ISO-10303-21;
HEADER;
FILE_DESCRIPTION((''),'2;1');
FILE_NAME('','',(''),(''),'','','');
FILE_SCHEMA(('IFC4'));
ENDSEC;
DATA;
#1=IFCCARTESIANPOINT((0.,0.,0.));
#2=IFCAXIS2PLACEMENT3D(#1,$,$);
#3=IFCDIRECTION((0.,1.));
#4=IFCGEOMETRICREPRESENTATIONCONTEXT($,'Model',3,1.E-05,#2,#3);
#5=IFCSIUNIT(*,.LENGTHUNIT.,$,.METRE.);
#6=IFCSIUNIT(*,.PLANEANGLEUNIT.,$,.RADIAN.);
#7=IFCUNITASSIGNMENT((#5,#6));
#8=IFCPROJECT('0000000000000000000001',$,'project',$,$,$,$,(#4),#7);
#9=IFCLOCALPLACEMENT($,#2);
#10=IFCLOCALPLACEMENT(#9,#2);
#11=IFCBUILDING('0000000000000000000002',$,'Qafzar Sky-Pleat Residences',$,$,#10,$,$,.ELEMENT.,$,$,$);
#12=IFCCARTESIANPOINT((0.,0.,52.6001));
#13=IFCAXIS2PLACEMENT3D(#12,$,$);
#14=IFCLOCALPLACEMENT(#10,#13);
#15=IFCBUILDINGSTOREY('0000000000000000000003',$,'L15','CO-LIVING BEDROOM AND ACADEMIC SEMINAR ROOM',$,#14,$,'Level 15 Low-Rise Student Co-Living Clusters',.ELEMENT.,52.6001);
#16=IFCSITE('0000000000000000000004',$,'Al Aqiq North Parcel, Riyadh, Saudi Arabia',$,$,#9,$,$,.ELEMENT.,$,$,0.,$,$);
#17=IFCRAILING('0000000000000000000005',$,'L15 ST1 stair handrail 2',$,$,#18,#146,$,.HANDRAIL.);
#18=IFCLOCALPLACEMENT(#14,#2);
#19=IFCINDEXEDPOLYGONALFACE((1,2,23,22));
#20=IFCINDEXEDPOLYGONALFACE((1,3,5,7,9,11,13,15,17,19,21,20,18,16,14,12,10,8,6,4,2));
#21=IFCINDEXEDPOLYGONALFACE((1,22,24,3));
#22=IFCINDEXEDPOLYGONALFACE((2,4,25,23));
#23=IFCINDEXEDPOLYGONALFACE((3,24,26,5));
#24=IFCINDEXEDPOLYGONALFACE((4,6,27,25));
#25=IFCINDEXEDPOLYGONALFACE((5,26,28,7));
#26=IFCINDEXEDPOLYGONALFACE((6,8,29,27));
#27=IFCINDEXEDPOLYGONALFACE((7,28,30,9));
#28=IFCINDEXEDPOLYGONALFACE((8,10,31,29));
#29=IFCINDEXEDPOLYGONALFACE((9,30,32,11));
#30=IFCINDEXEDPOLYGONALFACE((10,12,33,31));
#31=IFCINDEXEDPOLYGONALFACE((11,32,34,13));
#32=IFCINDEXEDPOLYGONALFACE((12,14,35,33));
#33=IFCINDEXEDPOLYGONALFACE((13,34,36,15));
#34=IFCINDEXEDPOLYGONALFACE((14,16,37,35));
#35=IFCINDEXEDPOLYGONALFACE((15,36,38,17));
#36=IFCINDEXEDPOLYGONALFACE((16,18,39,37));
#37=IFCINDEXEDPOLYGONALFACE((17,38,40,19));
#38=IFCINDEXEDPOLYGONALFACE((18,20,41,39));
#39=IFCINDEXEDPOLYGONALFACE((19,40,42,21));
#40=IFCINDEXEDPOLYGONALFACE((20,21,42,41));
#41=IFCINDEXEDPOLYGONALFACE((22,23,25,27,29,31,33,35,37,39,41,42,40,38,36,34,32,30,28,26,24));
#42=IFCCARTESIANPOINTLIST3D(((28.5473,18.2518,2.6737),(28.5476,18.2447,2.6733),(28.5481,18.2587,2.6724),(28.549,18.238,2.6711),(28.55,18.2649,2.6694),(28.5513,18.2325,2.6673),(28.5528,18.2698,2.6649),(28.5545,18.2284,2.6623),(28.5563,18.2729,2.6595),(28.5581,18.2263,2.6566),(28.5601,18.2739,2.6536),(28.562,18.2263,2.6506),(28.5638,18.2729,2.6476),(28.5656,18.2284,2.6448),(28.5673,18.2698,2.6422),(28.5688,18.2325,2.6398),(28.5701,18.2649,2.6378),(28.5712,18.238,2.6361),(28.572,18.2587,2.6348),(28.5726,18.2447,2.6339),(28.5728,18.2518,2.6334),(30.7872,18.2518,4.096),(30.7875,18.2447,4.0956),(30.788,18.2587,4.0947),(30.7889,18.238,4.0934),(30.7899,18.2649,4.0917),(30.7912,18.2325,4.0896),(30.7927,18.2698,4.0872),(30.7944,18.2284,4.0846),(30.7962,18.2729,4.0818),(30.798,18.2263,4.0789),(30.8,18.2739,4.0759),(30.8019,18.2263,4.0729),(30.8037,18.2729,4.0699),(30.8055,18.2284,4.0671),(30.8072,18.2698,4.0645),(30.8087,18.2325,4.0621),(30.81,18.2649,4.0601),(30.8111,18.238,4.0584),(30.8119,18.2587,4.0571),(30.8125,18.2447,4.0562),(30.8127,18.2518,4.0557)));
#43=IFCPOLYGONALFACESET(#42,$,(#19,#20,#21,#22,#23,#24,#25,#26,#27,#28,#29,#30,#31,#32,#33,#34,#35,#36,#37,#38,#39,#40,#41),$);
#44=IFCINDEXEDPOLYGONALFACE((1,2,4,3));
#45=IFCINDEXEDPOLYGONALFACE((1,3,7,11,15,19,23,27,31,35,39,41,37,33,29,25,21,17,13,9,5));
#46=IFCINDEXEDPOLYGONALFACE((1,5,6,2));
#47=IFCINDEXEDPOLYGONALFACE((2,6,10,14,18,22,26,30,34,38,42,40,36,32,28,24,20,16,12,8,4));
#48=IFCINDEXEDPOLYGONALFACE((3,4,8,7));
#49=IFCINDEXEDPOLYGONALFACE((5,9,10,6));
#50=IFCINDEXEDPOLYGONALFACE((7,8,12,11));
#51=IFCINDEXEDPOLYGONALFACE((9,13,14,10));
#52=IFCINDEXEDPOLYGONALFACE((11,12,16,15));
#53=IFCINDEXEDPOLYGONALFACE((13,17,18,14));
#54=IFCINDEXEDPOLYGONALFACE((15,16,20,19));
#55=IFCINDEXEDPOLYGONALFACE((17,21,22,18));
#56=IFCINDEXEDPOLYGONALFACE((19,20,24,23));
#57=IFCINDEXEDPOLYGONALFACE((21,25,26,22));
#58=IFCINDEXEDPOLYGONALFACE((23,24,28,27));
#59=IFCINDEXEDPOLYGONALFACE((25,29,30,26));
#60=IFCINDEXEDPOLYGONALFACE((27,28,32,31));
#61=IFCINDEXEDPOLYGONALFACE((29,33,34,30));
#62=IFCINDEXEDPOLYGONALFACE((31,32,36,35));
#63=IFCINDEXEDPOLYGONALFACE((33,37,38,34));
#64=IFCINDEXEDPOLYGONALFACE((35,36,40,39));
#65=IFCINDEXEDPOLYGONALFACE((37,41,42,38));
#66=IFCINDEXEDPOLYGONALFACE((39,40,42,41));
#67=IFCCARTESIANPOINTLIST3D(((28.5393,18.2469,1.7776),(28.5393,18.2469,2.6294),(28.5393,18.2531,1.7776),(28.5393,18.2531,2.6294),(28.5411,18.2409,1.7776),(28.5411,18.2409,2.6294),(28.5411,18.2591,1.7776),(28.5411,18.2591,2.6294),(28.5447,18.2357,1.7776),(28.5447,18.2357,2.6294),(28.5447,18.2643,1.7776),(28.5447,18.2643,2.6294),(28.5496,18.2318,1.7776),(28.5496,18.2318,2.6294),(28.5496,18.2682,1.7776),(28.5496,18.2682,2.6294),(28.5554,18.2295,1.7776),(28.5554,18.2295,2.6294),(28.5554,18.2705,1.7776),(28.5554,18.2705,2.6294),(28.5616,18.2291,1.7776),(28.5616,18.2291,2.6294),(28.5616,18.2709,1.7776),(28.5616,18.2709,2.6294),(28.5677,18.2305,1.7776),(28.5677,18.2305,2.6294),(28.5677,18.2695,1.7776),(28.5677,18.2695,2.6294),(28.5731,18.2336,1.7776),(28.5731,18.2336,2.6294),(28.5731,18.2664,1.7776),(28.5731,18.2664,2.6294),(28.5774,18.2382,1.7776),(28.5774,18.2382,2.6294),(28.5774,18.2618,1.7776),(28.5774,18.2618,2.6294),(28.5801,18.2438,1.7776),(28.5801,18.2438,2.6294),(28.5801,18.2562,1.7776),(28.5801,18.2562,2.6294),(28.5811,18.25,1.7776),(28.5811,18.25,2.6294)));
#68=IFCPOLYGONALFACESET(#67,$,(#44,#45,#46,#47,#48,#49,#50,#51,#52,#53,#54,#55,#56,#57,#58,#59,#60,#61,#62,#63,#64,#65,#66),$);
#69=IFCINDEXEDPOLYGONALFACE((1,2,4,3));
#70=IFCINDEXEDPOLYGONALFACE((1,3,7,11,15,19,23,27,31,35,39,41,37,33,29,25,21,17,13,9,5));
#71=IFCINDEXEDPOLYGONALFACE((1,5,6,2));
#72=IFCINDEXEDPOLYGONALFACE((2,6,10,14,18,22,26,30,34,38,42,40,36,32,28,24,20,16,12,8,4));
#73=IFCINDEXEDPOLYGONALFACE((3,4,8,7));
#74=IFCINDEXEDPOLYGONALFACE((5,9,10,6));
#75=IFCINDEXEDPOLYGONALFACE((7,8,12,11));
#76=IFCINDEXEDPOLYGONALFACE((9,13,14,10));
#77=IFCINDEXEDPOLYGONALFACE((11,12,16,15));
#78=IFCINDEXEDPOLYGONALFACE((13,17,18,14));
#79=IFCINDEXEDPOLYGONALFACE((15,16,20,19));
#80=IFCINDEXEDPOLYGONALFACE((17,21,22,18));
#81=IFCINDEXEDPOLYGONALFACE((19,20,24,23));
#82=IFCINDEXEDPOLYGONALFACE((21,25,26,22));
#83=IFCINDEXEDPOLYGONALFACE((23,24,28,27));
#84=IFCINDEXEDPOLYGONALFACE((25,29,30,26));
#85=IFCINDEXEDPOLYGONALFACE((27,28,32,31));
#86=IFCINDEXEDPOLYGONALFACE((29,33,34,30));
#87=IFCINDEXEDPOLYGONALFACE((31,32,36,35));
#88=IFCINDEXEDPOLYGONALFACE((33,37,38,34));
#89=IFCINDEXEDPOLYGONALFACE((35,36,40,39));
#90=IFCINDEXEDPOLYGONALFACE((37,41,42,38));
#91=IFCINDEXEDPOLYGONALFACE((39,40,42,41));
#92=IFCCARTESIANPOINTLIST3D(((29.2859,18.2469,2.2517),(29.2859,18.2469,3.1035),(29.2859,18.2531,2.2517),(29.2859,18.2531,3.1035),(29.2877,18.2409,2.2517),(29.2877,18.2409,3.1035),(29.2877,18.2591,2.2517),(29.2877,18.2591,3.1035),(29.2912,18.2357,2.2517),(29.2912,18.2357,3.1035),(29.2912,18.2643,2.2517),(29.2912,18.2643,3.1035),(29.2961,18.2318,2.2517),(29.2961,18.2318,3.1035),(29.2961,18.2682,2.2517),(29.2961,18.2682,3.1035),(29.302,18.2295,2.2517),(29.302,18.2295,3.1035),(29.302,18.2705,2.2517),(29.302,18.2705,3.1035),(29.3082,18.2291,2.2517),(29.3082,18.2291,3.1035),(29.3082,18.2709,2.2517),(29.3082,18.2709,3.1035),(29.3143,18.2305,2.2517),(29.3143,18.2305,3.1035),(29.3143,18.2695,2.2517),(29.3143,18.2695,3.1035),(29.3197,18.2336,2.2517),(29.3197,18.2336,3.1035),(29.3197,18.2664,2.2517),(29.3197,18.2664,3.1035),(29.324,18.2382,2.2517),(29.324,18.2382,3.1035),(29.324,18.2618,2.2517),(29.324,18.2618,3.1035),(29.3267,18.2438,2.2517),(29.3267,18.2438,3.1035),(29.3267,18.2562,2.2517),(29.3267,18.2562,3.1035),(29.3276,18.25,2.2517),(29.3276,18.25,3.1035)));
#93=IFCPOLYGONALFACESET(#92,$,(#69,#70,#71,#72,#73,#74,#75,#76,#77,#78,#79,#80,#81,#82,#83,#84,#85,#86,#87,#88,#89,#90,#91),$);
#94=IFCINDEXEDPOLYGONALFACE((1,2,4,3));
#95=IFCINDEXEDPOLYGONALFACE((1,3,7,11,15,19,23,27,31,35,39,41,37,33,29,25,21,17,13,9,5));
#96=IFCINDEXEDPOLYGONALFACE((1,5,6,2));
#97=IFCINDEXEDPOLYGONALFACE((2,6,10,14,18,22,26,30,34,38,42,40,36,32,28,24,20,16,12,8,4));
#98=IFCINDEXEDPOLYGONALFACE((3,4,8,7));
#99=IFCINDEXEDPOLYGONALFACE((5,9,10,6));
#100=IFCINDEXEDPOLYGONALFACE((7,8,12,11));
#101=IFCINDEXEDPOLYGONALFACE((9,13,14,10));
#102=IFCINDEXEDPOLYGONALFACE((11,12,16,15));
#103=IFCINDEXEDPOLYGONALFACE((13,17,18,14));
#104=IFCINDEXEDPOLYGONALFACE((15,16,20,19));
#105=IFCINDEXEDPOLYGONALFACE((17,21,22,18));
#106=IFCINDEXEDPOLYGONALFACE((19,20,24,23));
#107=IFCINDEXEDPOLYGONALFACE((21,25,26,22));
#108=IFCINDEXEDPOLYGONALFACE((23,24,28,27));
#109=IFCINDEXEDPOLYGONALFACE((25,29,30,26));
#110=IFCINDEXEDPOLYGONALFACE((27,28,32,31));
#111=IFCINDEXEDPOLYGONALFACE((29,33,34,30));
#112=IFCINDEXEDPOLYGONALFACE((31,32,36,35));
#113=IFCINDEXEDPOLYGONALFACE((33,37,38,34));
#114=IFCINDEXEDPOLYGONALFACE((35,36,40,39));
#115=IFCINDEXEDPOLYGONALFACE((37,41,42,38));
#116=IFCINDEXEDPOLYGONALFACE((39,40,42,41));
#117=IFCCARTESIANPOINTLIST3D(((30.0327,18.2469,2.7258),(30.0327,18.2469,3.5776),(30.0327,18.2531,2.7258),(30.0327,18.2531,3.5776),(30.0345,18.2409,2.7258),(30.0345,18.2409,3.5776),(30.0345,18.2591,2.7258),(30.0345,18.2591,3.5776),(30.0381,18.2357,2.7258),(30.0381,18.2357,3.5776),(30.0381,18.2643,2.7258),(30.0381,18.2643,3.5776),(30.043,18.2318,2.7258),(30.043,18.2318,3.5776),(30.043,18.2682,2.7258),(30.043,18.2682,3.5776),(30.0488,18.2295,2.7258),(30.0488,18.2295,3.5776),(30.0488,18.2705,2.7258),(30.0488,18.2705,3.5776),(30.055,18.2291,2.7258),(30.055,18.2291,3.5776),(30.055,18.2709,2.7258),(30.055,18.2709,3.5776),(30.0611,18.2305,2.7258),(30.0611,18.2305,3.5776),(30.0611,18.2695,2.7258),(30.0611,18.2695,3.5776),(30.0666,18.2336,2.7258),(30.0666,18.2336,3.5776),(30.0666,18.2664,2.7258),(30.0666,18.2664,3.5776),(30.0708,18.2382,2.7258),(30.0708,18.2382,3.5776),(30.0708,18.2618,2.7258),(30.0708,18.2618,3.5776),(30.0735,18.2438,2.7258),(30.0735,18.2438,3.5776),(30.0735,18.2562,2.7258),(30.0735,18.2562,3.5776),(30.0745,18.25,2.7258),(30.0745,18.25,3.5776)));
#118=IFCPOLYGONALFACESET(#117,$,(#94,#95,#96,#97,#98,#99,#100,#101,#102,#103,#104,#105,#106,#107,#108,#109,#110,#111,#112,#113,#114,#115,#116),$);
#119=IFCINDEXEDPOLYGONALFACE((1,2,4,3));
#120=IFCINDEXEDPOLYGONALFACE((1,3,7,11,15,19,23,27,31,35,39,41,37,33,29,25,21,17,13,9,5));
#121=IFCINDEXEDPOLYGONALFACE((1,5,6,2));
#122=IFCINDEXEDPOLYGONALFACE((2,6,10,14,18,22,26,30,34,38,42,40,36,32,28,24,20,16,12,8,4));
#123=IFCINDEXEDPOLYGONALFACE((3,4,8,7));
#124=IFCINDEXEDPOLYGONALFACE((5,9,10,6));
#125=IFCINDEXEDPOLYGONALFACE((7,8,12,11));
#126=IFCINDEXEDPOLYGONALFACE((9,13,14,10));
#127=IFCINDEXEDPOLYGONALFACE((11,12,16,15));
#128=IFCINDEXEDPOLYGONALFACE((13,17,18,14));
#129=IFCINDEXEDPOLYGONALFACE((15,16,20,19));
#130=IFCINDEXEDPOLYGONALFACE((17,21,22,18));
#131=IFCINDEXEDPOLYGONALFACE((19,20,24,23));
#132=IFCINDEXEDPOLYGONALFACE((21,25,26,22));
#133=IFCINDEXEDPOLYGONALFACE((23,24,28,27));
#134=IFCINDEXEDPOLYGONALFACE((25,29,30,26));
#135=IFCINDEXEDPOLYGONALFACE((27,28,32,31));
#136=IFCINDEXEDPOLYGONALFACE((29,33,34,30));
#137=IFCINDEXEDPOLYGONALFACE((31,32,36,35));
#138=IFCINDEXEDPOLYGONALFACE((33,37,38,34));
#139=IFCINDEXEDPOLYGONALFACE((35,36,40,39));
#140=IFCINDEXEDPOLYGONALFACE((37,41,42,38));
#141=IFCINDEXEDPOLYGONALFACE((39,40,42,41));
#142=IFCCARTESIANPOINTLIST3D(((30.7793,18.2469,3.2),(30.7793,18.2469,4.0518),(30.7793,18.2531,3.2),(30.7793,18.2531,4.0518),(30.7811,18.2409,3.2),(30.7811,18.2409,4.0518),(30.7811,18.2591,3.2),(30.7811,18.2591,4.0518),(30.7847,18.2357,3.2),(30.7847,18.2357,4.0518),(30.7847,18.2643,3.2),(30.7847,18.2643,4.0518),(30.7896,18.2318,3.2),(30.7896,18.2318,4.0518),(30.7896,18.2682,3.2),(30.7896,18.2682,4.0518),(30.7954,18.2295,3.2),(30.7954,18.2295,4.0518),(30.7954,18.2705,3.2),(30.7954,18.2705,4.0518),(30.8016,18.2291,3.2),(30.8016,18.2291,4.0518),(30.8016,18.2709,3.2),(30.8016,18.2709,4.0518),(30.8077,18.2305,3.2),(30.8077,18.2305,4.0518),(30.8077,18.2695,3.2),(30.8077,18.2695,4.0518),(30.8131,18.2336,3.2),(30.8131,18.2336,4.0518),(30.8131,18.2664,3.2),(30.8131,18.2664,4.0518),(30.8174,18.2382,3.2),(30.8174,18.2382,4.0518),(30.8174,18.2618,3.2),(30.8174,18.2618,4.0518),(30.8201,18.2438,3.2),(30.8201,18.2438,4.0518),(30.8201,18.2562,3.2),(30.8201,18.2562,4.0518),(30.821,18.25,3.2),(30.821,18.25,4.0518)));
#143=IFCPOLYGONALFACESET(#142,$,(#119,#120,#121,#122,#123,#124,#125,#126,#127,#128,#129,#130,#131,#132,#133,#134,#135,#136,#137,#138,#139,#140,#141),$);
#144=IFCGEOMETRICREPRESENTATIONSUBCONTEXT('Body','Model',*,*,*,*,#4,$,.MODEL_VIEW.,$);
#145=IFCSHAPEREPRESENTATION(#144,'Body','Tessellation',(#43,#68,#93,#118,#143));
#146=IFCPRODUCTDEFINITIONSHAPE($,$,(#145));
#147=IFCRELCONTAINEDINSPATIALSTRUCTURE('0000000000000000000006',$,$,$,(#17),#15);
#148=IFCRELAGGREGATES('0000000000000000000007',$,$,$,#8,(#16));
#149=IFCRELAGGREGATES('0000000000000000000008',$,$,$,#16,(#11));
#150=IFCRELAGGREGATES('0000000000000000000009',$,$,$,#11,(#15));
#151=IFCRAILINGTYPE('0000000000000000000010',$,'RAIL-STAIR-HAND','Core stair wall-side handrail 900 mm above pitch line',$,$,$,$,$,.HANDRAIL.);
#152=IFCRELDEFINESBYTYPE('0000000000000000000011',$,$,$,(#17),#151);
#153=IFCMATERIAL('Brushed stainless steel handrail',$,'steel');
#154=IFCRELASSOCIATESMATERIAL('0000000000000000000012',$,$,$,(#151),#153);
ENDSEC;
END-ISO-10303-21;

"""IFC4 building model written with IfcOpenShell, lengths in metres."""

from ifc_helpers import new_model, si_unit, direction, frame, origin, origin_2d, place, context, subcontext, project, spatial, circle, extrude, source, transform, mapped, material, type_object, element, save


model = new_model("IFC4")

# Units and contexts
model_context = context("Model", 3, precision=1e-05, world=origin(), true_north=direction((0.0, 1.0)))
body_context = subcontext(model_context, "Body", "Model", "MODEL_VIEW")
ifc_project = project(units=[si_unit("LENGTHUNIT", "METRE"), si_unit("PLANEANGLEUNIT", "RADIAN")], contexts=[model_context])

# Site, building, storey
site_placement = place(None, origin())
site = spatial("IfcSite", under=ifc_project, at=site_placement, Name="Al Aqiq North Parcel, Riyadh, Saudi Arabia", CompositionType="ELEMENT", RefElevation=0.0)
building_placement = place(site_placement, origin())
building = spatial("IfcBuilding", under=site, at=building_placement, Name="Qafzar Sky-Pleat Residences", CompositionType="ELEMENT")
storey_placement = place(building_placement, frame((0.0, 0.0, 52.6001)))
storey = spatial("IfcBuildingStorey", under=building, at=storey_placement, Name="L15", Description="CO-LIVING BEDROOM AND ACADEMIC SEMINAR ROOM", LongName="Level 15 Low-Rise Student Co-Living Clusters", CompositionType="ELEMENT", Elevation=52.6001)

# Railing
ifc_material_1 = material(Name="Brushed stainless steel handrail", Category="steel")
railing_type_1 = type_object("IfcRailingType", Name="RAIL-STAIR-HAND", Description="Core stair wall-side handrail 900 mm above pitch line", PredefinedType="HANDRAIL", material=ifc_material_1)
shared_shape_1 = source(origin(), body_context, "Body", "SweptSolid", [
    extrude(circle(Radius=0.0239, at=origin_2d()), frame((0.0, 0.0, 0.876), z_axis=(0.844188, 0.0, 0.536048), x_axis=(0.0, 1.0, 0.0)), (0.0, 0.0, 1.0), 2.6533),
    extrude(circle(Radius=0.021, at=origin_2d()), origin(), (0.0, 0.0, 1.0), 0.8518),
    extrude(circle(Radius=0.021, at=origin_2d()), frame((0.7466, 0.0, 0.4741)), (0.0, 0.0, 1.0), 0.8518),
    extrude(circle(Radius=0.021, at=origin_2d()), frame((1.4934, 0.0, 0.9482)), (0.0, 0.0, 1.0), 0.8518),
    extrude(circle(Radius=0.021, at=origin_2d()), frame((2.24, 0.0, 1.4224)), (0.0, 0.0, 1.0), 0.8518),
])
railing_1_placement = place(storey_placement, frame((28.5601, 18.25, 1.7776)))
element("IfcRailing", 1, at=railing_1_placement, inside=storey, type_object=railing_type_1, Name="L15 ST1 stair handrail 2", PredefinedType="HANDRAIL", context=body_context, shape_type="MappedRepresentation", body=[
    mapped(shared_shape_1, transform((0.0, 0.0, 0.0), x_axis=(1.0, 0.0, 0.0), y_axis=(0.0, 1.0, 0.0), z_axis=(0.0, 0.0, 1.0), scale=1.0)),
])

save(model, "model.ifc")
